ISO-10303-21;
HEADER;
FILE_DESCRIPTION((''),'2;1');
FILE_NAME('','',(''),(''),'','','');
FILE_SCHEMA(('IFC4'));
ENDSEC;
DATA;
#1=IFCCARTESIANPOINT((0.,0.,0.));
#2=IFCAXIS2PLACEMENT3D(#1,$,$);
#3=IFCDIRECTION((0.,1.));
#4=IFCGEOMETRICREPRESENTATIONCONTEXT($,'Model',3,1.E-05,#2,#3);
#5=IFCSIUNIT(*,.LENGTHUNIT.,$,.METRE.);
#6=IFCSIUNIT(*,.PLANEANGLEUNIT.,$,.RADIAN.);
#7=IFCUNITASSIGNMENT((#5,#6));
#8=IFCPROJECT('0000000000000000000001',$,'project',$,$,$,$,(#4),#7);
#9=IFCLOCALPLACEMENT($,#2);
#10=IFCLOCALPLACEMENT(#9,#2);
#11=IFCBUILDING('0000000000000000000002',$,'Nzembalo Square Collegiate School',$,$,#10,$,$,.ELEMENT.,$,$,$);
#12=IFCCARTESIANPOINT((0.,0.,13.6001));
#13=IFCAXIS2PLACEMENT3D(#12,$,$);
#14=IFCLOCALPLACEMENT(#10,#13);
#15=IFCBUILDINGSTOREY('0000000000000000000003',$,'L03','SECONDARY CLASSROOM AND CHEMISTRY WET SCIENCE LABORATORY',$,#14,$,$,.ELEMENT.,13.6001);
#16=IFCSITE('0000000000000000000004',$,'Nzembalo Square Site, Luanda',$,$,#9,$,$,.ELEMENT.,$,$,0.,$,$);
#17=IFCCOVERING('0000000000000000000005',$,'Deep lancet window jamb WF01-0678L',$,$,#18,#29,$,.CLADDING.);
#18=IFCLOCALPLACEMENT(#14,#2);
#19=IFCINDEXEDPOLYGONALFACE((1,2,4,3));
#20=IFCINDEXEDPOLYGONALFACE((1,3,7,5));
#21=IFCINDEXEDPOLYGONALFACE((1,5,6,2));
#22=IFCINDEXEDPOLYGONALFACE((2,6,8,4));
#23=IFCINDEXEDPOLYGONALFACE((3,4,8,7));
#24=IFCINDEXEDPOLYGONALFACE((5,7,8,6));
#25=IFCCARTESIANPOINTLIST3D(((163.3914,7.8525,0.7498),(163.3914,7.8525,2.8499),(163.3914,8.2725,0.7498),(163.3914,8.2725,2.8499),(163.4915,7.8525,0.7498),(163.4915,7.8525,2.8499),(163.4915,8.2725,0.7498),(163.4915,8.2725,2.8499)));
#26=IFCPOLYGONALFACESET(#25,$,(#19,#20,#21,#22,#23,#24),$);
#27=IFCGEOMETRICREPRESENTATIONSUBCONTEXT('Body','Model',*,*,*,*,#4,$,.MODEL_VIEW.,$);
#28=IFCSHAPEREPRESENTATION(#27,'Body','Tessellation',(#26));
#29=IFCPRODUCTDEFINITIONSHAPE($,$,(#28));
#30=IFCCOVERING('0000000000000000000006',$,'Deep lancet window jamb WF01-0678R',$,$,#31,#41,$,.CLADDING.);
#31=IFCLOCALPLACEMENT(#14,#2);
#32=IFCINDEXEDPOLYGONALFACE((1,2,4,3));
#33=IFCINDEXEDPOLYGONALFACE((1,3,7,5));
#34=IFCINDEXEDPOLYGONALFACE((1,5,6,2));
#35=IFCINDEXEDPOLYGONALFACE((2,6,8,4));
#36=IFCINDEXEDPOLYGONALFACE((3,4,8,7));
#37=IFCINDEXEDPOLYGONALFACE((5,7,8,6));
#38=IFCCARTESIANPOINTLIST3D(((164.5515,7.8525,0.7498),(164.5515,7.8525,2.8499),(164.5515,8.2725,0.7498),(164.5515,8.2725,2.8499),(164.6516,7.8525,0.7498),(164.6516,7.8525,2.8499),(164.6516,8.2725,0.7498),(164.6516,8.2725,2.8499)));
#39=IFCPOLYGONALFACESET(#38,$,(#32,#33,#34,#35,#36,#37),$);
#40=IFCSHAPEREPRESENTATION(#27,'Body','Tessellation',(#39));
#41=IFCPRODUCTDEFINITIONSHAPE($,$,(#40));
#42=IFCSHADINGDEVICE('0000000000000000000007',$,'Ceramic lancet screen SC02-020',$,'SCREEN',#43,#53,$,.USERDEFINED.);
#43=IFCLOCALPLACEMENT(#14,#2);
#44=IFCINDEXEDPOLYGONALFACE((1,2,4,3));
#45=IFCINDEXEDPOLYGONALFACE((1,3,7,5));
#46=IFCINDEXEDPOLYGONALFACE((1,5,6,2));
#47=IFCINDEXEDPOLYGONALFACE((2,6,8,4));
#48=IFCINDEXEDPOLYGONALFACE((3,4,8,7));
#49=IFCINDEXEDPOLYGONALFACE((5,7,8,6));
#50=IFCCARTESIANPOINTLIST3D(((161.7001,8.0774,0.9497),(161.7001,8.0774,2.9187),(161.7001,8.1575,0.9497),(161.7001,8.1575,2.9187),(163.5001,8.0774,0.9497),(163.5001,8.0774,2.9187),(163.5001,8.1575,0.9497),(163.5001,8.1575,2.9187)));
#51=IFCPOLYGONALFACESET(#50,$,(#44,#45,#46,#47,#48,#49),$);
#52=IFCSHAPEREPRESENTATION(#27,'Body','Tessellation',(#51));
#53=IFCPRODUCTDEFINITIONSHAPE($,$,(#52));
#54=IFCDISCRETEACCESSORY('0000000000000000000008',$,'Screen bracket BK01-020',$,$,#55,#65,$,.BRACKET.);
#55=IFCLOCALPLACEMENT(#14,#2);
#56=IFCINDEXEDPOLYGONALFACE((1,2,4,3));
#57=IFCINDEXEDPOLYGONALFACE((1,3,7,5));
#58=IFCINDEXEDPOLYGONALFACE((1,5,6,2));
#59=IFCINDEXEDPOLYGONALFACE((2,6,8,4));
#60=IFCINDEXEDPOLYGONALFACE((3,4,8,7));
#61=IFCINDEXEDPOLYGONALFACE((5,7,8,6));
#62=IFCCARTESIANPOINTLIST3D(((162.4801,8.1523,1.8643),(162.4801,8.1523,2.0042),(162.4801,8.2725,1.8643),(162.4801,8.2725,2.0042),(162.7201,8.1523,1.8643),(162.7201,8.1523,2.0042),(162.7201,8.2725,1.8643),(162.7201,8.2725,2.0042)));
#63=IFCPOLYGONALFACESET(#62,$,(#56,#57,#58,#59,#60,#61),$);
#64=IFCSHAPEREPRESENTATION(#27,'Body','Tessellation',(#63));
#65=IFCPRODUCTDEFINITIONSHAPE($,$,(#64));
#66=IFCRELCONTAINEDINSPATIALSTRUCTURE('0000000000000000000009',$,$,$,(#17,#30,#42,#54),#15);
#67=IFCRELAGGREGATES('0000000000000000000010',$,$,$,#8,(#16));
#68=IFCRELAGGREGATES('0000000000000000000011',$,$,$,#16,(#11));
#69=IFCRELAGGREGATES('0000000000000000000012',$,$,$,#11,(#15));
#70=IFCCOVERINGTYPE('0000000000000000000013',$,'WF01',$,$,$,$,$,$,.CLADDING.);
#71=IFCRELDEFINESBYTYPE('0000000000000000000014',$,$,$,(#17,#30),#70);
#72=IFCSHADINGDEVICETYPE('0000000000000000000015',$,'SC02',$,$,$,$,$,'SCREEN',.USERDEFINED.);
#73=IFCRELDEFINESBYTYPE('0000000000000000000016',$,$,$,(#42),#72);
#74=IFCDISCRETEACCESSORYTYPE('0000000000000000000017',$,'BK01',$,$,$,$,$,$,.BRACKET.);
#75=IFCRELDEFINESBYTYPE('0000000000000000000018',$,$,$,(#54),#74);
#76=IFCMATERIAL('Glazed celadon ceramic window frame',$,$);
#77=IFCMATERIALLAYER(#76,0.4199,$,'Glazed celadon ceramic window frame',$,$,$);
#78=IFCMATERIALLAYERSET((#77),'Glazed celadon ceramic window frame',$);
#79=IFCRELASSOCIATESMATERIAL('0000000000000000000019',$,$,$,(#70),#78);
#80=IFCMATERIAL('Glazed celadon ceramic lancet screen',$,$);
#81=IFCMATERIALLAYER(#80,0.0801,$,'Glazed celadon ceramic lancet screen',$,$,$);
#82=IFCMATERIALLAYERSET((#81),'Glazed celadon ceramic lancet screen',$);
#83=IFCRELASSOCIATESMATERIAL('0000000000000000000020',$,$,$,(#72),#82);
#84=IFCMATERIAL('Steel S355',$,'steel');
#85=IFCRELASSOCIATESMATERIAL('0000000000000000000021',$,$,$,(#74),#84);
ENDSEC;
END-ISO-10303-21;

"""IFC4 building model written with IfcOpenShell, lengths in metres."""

from ifc_helpers import new_model, si_unit, direction, frame, origin, origin_2d, place, context, subcontext, project, spatial, rectangle, extrude, material, layer, layer_set, type_object, element, save


model = new_model("IFC4")

# Units and contexts
model_context = context("Model", 3, precision=1e-05, world=origin(), true_north=direction((0.0, 1.0)))
body_context = subcontext(model_context, "Body", "Model", "MODEL_VIEW")
ifc_project = project(units=[si_unit("LENGTHUNIT", "METRE"), si_unit("PLANEANGLEUNIT", "RADIAN")], contexts=[model_context])

# Site, building, storey
site_placement = place(None, origin())
site = spatial("IfcSite", under=ifc_project, at=site_placement, Name="Nzembalo Square Site, Luanda", CompositionType="ELEMENT", RefElevation=0.0)
building_placement = place(site_placement, origin())
building = spatial("IfcBuilding", under=site, at=building_placement, Name="Nzembalo Square Collegiate School", CompositionType="ELEMENT")
storey_placement = place(building_placement, frame((0.0, 0.0, 13.6001)))
storey = spatial("IfcBuildingStorey", under=building, at=storey_placement, Name="L03", Description="SECONDARY CLASSROOM AND CHEMISTRY WET SCIENCE LABORATORY", CompositionType="ELEMENT", Elevation=13.6001)

# Coverings
ifc_material_1 = material(Name="Glazed celadon ceramic window frame")
ifc_layer_1 = layer(ifc_material_1, 0.4199, Name="Glazed celadon ceramic window frame")
ifc_layer_set_1 = layer_set([ifc_layer_1], Name="Glazed celadon ceramic window frame")
covering_type_1 = type_object("IfcCoveringType", Name="WF01", PredefinedType="CLADDING", material=ifc_layer_set_1)
for number, where, z_axis, x_axis, name in (
    (1, (163.4414, 8.0625, 0.7498), (0.0, 0.0, 1.0), (1.0, 0.0, 0.0), "Deep lancet window jamb WF01-0678L"),
    (2, (164.6016, 8.0625, 0.7498), (0.0, 0.0, 1.0), (1.0, 0.0, 0.0), "Deep lancet window jamb WF01-0678R"),
):
    element("IfcCovering", number, at=place(storey_placement, frame(where, z_axis=z_axis, x_axis=x_axis)), inside=storey, type_object=covering_type_1, Name=name, PredefinedType="CLADDING", context=body_context, shape_type="SweptSolid", body=[
        extrude(rectangle(XDim=0.1001, YDim=0.4199, at=origin_2d()), origin(), (0.0, 0.0, 1.0), 2.1001),
    ])

# Shading device
ifc_material_2 = material(Name="Glazed celadon ceramic lancet screen")
ifc_layer_2 = layer(ifc_material_2, 0.0801, Name="Glazed celadon ceramic lancet screen")
ifc_layer_set_2 = layer_set([ifc_layer_2], Name="Glazed celadon ceramic lancet screen")
shading_device_type = type_object("IfcShadingDeviceType", Name="SC02", ElementType="SCREEN", PredefinedType="USERDEFINED", material=ifc_layer_set_2)
shading_device_placement = place(storey_placement, frame((162.6001, 8.1174, 0.9497), z_axis=(0.0, 0.0, 1.0), x_axis=(1.0, 0.0, 0.0)))
element("IfcShadingDevice", 3, at=shading_device_placement, inside=storey, type_object=shading_device_type, Name="Ceramic lancet screen SC02-020", ObjectType="SCREEN", PredefinedType="USERDEFINED", context=body_context, shape_type="SweptSolid", body=[
    extrude(rectangle(XDim=1.8, YDim=0.0801, at=origin_2d()), origin(), (0.0, 0.0, 1.0), 1.969),
])

# Discrete accessory
ifc_material_3 = material(Name="Steel S355", Category="steel")
discrete_accessory_type = type_object("IfcDiscreteAccessoryType", Name="BK01", PredefinedType="BRACKET", material=ifc_material_3)
discrete_accessory_placement = place(storey_placement, frame((162.6001, 8.2124, 1.8643), z_axis=(0.0, 0.0, 1.0), x_axis=(1.0, 0.0, 0.0)))
element("IfcDiscreteAccessory", 4, at=discrete_accessory_placement, inside=storey, type_object=discrete_accessory_type, Name="Screen bracket BK01-020", PredefinedType="BRACKET", context=body_context, shape_type="SweptSolid", body=[
    extrude(rectangle(XDim=0.24, YDim=0.1201, at=origin_2d()), origin(), (0.0, 0.0, 1.0), 0.1399),
])

save(model, "model.ifc")
